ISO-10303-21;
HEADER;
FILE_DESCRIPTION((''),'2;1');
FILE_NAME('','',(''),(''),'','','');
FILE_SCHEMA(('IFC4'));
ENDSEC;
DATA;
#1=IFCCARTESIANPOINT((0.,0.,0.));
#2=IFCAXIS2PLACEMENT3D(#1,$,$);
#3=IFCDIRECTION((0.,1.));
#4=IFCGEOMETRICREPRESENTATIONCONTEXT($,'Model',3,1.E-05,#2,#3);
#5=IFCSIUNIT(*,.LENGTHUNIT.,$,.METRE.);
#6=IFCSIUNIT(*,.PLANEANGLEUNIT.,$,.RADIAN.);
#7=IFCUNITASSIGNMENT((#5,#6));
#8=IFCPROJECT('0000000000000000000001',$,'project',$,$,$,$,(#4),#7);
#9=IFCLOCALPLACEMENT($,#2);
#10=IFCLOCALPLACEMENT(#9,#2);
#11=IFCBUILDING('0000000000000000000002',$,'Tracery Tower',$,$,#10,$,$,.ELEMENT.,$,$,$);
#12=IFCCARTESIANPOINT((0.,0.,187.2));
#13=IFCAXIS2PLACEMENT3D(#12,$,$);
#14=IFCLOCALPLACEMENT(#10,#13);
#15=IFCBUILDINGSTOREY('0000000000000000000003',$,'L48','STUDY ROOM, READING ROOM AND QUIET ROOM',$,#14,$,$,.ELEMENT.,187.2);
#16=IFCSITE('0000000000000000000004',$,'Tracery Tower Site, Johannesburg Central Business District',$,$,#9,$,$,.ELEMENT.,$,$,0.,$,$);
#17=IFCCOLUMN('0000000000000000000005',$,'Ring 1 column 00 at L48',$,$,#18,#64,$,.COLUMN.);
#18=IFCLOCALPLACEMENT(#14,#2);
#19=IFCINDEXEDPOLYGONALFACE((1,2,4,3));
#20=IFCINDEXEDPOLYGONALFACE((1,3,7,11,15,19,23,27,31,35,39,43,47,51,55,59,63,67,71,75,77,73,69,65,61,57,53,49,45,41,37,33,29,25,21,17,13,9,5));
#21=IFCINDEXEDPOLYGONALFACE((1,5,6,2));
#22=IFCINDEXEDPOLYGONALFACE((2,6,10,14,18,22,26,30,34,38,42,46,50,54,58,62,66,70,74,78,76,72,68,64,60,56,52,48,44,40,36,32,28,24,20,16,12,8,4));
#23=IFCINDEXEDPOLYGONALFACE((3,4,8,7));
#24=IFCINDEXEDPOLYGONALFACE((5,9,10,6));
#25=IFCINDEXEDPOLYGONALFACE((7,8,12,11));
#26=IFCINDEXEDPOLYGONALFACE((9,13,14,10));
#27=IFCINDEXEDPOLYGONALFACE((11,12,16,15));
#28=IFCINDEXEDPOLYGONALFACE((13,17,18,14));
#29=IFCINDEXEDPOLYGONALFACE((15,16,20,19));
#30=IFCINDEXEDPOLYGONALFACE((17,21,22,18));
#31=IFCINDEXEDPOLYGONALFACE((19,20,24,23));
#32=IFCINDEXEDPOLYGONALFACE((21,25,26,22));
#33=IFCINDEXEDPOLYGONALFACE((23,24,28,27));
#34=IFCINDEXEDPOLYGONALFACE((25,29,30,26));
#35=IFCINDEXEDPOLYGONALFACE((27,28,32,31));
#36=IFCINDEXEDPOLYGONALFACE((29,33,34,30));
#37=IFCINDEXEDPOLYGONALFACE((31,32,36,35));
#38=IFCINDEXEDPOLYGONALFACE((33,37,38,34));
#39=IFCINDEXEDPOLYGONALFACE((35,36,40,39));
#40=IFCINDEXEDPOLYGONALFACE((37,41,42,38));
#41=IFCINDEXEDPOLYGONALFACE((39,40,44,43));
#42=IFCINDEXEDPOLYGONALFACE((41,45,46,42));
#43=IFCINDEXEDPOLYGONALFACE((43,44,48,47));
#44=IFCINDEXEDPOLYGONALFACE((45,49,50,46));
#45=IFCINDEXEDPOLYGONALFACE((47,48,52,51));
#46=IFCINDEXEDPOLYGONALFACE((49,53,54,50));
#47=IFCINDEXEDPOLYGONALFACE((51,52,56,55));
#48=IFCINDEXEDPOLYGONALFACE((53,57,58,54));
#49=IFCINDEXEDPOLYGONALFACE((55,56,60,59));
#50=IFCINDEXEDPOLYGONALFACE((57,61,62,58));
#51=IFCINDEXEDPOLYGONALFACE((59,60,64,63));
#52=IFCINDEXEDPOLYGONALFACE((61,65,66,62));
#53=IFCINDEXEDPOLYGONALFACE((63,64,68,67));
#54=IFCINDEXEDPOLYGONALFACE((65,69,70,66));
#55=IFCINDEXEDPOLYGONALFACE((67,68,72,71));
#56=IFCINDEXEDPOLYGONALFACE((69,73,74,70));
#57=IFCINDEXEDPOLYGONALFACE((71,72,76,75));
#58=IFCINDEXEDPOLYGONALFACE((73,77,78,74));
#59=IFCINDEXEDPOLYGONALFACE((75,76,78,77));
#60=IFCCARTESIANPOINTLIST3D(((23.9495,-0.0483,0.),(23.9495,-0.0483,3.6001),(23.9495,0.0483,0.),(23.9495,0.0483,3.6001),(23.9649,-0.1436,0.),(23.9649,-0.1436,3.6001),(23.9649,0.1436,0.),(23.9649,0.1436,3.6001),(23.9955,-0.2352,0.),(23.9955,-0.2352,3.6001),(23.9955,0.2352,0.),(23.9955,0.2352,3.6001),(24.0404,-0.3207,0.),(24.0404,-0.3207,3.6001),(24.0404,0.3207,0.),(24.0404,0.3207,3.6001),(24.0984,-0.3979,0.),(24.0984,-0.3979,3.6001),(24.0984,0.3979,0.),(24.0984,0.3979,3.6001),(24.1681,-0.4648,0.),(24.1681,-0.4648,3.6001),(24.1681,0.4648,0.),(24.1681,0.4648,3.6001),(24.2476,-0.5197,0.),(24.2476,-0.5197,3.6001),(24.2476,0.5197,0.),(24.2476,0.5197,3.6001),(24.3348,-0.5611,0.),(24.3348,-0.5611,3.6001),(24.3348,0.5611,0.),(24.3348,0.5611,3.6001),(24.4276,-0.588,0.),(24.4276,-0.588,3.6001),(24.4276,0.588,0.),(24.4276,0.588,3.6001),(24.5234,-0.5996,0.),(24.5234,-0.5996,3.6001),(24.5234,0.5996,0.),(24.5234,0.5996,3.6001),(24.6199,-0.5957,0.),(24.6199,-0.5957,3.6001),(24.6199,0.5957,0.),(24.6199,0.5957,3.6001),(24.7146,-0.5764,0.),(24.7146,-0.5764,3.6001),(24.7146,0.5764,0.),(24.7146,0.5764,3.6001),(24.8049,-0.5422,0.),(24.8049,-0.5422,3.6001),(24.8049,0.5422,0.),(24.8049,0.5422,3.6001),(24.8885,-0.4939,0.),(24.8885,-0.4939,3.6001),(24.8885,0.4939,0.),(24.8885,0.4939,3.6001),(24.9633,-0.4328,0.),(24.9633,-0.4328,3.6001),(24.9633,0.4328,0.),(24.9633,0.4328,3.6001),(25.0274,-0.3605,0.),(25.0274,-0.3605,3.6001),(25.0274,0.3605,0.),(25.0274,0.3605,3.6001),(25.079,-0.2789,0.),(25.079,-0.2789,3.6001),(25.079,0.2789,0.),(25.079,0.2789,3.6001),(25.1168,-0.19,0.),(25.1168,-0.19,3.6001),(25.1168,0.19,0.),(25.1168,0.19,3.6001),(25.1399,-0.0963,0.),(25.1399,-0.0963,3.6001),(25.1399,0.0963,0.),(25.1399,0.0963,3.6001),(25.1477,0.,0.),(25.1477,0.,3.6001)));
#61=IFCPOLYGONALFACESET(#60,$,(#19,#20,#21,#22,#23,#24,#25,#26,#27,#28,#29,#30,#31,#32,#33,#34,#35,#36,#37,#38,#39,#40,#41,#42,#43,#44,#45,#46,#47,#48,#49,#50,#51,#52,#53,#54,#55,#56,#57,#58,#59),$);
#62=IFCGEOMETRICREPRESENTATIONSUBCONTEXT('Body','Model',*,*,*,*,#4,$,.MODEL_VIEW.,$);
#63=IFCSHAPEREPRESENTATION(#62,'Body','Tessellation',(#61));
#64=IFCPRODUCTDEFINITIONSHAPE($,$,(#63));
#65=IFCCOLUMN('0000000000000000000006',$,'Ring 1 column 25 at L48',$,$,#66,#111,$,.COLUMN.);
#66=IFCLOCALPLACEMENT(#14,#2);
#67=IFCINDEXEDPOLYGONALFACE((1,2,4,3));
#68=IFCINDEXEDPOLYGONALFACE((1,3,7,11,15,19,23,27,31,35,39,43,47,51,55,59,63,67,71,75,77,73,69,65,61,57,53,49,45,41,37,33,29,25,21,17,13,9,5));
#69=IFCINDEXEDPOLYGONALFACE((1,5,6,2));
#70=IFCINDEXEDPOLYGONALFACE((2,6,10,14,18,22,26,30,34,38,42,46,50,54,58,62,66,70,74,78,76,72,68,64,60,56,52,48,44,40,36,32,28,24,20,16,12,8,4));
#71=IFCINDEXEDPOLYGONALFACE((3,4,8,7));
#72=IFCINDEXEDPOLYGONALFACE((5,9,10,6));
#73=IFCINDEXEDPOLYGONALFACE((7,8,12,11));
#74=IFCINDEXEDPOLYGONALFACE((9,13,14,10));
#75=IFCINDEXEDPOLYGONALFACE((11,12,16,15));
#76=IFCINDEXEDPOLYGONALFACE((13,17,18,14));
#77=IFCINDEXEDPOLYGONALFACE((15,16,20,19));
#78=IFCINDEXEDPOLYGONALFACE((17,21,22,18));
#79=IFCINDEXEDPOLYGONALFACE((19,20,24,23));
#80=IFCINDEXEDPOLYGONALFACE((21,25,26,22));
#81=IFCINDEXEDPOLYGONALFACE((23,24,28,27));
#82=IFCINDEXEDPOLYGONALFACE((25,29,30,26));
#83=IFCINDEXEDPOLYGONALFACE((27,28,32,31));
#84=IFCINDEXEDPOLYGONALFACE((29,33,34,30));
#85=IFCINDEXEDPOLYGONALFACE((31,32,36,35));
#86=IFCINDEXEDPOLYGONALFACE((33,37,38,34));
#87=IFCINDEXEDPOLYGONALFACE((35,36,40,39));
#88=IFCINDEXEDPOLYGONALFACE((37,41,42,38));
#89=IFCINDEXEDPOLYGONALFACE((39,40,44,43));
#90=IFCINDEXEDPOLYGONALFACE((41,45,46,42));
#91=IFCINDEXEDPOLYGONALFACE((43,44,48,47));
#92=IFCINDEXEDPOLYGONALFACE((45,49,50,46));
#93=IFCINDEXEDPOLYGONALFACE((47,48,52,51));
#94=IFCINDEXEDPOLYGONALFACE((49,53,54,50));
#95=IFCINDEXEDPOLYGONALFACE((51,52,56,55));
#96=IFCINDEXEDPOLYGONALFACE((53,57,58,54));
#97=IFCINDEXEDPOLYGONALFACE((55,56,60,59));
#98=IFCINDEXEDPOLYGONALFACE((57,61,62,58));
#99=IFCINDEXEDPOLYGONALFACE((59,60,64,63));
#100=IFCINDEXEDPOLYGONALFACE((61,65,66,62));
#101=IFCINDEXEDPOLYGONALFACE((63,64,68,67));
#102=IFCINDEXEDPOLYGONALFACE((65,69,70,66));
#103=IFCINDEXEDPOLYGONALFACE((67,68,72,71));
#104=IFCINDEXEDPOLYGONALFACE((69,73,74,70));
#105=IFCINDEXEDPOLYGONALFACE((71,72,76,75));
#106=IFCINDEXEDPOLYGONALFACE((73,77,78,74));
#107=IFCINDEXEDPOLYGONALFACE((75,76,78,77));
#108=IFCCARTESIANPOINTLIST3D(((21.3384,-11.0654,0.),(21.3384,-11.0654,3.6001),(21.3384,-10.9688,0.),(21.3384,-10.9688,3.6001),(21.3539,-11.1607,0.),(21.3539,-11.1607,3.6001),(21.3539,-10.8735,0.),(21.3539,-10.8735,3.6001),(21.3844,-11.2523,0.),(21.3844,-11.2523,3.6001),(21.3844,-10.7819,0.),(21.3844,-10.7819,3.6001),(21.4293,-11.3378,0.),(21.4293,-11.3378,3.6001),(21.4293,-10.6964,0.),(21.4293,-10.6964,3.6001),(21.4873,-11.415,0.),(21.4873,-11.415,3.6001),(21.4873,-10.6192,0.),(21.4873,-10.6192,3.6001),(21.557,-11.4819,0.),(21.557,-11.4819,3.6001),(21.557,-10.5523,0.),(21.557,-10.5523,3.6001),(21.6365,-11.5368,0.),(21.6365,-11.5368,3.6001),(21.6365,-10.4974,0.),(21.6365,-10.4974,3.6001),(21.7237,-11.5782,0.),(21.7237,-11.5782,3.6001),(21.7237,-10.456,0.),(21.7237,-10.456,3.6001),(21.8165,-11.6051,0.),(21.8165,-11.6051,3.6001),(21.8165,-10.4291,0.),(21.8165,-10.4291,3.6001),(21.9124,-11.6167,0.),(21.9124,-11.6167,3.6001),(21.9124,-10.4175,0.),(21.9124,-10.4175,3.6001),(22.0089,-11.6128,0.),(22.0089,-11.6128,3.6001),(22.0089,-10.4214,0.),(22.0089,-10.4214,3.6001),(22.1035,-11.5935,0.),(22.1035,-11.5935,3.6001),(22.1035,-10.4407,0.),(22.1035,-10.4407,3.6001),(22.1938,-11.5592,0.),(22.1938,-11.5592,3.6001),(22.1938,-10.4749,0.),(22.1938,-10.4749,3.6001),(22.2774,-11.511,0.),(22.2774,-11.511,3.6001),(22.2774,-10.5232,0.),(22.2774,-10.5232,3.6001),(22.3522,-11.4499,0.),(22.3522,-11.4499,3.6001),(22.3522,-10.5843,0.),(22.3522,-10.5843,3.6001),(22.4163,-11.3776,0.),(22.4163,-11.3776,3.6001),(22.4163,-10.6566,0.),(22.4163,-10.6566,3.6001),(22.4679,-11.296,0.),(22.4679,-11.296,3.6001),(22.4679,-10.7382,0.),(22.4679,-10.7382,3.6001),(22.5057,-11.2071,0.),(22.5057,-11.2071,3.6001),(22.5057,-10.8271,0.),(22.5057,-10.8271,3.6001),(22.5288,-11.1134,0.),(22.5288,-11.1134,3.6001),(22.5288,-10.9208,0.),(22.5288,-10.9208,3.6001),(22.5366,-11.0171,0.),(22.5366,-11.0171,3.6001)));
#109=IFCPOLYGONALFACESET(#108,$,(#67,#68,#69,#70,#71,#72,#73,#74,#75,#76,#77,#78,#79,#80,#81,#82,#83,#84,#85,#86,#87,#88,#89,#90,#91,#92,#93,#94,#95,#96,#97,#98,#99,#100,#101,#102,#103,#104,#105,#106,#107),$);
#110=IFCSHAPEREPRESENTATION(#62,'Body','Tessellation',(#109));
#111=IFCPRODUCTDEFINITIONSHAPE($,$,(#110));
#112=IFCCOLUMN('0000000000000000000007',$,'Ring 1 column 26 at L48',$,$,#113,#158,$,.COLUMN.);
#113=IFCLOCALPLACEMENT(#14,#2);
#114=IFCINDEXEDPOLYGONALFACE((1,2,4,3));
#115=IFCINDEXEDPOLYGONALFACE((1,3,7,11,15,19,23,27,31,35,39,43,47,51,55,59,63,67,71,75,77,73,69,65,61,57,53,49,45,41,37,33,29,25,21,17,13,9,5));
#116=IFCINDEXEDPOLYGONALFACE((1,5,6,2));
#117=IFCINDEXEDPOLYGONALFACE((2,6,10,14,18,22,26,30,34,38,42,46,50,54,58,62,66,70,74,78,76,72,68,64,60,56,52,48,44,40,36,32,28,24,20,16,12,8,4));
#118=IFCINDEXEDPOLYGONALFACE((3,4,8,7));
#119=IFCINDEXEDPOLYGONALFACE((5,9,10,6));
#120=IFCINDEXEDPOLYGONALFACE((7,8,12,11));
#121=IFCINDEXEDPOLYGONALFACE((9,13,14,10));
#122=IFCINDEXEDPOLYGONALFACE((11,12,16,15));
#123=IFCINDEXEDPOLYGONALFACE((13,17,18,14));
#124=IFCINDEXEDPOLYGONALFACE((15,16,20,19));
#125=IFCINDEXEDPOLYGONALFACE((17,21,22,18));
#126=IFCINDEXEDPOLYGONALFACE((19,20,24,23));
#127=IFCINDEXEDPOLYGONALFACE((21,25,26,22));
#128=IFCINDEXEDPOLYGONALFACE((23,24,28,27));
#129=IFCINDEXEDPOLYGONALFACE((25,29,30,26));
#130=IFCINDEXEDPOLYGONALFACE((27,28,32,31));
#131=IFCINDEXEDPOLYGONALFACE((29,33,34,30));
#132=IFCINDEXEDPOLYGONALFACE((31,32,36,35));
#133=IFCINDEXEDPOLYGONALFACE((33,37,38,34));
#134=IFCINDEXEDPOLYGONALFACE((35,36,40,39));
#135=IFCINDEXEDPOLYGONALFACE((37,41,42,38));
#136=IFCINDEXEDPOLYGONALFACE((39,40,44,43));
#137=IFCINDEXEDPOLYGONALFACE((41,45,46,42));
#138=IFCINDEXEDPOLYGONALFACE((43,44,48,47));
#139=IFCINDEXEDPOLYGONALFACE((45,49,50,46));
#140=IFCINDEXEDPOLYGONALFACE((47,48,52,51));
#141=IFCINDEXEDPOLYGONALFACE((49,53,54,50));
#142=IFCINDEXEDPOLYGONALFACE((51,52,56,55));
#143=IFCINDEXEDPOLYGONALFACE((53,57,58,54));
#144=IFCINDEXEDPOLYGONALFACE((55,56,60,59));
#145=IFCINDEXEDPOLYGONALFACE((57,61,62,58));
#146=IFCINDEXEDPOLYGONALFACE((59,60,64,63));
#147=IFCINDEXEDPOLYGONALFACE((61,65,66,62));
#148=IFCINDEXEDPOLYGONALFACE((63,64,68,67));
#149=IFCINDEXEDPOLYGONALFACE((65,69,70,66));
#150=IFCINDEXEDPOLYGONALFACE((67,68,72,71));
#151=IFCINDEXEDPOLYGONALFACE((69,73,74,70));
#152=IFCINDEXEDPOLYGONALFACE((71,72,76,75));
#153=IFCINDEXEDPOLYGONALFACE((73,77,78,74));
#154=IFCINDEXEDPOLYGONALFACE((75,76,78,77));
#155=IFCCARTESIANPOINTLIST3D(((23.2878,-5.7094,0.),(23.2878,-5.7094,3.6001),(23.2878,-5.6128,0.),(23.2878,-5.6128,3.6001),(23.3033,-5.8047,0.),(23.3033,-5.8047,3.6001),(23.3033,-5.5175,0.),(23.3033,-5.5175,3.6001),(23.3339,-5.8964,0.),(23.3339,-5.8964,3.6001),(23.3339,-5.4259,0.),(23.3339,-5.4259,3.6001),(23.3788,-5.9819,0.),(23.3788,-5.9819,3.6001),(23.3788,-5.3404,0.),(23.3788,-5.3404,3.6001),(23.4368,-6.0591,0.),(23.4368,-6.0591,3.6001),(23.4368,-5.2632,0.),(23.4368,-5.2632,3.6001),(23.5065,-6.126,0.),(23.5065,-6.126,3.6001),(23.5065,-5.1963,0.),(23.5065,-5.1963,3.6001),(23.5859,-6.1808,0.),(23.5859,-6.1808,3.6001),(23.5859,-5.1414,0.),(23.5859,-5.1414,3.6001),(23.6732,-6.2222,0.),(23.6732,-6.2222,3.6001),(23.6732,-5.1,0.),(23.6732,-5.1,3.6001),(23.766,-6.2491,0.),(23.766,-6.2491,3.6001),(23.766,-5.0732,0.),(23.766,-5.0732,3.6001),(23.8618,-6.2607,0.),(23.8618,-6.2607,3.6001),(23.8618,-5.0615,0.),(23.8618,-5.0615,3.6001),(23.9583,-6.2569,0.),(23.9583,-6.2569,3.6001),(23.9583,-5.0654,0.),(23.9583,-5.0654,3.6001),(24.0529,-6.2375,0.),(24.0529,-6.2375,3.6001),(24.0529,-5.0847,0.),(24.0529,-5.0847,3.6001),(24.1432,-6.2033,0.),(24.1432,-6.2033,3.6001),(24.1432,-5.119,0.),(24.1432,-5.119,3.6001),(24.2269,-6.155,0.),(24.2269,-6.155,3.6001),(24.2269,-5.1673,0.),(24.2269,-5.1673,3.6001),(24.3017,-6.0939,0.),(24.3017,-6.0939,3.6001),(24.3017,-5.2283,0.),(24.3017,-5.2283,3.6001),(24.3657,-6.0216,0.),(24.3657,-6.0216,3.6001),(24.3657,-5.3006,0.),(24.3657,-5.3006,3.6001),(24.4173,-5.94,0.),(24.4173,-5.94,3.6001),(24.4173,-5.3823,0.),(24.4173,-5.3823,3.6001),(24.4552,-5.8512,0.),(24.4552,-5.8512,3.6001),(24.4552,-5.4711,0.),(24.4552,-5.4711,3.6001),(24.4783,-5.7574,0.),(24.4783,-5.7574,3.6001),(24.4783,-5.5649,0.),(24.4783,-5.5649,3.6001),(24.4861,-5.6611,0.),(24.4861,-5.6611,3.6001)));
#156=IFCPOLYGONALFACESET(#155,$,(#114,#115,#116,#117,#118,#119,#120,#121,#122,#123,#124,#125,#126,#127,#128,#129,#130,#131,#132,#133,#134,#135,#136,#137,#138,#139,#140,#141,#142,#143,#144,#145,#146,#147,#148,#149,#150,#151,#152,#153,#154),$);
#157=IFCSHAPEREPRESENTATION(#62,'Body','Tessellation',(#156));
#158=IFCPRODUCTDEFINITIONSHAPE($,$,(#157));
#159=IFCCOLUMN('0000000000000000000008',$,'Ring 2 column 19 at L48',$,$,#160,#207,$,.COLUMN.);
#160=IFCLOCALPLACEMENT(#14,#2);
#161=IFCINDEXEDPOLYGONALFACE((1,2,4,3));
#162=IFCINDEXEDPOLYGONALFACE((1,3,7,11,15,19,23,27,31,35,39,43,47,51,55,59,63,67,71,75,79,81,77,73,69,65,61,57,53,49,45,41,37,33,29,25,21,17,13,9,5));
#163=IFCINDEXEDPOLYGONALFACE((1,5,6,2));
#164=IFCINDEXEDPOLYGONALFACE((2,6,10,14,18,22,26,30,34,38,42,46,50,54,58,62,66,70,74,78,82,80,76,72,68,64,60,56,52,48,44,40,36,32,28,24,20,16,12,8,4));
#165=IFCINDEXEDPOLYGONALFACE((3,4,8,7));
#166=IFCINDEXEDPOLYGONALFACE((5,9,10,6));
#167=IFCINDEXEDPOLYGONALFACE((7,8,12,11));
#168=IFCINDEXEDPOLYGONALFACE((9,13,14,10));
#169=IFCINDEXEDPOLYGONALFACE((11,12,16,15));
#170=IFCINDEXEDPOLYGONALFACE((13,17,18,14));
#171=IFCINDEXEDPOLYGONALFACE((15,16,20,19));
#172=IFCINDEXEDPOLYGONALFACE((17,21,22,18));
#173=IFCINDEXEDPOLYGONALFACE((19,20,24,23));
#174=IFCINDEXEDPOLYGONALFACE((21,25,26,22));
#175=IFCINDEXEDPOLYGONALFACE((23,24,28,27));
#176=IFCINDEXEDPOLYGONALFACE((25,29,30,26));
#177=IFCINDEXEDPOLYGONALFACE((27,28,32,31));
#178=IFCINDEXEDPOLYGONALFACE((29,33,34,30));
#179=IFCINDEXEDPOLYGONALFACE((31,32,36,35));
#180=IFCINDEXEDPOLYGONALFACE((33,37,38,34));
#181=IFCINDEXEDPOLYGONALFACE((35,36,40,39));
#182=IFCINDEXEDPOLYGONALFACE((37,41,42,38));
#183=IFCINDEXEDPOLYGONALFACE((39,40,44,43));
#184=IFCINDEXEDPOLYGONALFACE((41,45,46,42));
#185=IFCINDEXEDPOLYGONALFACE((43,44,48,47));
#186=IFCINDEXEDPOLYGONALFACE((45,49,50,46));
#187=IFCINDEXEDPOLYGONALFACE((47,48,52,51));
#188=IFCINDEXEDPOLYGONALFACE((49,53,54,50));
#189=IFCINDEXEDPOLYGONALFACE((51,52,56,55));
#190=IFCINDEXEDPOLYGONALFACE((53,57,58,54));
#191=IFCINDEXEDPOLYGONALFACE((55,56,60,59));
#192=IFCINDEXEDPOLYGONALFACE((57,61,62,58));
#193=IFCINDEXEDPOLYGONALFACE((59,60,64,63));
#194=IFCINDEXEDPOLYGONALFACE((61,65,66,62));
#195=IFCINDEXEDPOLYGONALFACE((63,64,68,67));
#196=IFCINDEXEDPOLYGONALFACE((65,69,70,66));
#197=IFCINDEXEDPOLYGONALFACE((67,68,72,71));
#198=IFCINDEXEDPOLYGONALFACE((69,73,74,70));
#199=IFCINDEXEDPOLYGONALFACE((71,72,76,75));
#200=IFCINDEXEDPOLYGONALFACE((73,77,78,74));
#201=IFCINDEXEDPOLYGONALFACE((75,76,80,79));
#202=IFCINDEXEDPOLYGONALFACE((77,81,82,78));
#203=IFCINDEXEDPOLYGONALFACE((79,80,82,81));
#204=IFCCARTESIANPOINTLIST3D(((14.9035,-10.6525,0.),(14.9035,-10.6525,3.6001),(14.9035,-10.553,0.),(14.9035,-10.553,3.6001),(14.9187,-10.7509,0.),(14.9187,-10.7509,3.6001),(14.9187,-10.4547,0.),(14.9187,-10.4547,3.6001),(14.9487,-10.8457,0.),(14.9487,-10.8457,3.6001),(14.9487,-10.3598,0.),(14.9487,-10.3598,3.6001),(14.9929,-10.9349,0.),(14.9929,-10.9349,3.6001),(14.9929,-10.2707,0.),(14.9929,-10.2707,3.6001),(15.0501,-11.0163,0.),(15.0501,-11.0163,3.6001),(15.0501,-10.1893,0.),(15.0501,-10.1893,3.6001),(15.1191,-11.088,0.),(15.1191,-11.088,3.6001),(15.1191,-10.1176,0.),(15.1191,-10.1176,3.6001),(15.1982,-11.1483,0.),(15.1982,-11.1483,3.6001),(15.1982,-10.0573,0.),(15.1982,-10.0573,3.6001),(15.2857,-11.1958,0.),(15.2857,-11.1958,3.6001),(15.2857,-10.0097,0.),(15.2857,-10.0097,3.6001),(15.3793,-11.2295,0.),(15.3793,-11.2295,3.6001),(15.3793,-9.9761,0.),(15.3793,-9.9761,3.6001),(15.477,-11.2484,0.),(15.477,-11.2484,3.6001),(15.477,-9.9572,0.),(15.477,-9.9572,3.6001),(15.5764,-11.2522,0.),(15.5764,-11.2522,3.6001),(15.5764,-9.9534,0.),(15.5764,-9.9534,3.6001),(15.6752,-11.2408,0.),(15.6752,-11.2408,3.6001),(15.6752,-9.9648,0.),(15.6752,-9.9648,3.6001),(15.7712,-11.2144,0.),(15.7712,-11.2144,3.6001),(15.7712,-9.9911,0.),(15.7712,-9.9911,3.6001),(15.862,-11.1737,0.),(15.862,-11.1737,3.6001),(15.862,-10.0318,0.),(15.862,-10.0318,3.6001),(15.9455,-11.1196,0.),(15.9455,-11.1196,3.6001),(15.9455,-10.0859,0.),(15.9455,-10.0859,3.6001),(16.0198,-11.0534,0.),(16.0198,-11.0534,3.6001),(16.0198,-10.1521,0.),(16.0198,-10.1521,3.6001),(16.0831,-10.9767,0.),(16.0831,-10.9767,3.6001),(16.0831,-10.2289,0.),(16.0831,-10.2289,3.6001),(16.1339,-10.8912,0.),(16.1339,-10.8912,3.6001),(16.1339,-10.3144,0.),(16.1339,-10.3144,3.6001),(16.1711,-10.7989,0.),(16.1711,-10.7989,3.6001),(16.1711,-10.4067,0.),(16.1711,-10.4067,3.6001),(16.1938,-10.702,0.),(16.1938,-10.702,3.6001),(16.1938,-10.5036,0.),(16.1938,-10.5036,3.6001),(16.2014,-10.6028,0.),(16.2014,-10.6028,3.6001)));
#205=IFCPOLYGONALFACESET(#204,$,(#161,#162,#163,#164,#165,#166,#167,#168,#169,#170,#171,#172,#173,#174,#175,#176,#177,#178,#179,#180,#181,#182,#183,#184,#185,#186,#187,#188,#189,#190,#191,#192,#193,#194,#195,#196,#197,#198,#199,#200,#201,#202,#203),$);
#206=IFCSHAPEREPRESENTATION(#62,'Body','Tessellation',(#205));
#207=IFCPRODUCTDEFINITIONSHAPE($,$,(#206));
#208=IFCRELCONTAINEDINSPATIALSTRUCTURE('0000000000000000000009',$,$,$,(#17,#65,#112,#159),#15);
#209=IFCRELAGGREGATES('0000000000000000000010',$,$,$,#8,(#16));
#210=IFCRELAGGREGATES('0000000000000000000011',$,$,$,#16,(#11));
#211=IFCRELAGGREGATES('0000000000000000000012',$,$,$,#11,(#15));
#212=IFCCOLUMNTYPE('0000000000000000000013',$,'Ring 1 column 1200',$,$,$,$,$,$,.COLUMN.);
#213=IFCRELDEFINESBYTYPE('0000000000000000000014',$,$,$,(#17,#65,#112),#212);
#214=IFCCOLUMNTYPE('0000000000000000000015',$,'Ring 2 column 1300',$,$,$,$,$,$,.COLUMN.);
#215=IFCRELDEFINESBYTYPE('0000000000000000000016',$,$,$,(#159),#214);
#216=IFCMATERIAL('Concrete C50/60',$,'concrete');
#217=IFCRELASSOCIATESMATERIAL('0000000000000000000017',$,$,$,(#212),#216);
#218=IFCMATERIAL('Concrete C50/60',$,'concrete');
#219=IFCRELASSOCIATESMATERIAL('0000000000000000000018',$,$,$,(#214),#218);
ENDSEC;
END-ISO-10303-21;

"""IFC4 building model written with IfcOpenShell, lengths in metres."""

from ifc_helpers import new_model, si_unit, direction, frame, origin, origin_2d, place, context, subcontext, project, spatial, circle, extrude, material, material_profile, profile_set, type_object, element, save


model = new_model("IFC4")

# Units and contexts
model_context = context("Model", 3, precision=1e-05, world=origin(), true_north=direction((0.0, 1.0)))
body_context = subcontext(model_context, "Body", "Model", "MODEL_VIEW")
ifc_project = project(units=[si_unit("LENGTHUNIT", "METRE"), si_unit("PLANEANGLEUNIT", "RADIAN")], contexts=[model_context])

# Site, building, storey
site_placement = place(None, origin())
site = spatial("IfcSite", under=ifc_project, at=site_placement, Name="Tracery Tower Site, Johannesburg Central Business District", CompositionType="ELEMENT", RefElevation=0.0)
building_placement = place(site_placement, origin())
building = spatial("IfcBuilding", under=site, at=building_placement, Name="Tracery Tower", CompositionType="ELEMENT")
storey_placement = place(building_placement, frame((0.0, 0.0, 187.2)))
storey = spatial("IfcBuildingStorey", under=building, at=storey_placement, Name="L48", Description="STUDY ROOM, READING ROOM AND QUIET ROOM", CompositionType="ELEMENT", Elevation=187.2)

# Columns
ifc_material_1 = material(Name="Concrete C50/60", Category="concrete")
ifc_material_profile_1 = material_profile(ifc_material_1, circle(Radius=0.6001, at=origin_2d()), Name="RC D1200")
ifc_profile_set_1 = profile_set([ifc_material_profile_1], Name="Concrete C50/60")
column_type_1 = type_object("IfcColumnType", Name="Ring 1 column 1200", PredefinedType="COLUMN", material=ifc_profile_set_1)
for number, where, z_axis, x_axis, name in (
    (1, (24.5476, 0.0, 0.0), (0.0, 0.0, 1.0), (1.0, 0.0, 0.0), "Ring 1 column 00 at L48"),
    (2, (21.9365, -11.0171, 0.0), (0.0, 0.0, 1.0), (1.0, 0.0, 0.0), "Ring 1 column 25 at L48"),
    (3, (23.886, -5.6611, 0.0), (0.0, 0.0, 1.0), (1.0, 0.0, 0.0), "Ring 1 column 26 at L48"),
):
    element("IfcColumn", number, at=place(storey_placement, frame(where, z_axis=z_axis, x_axis=x_axis)), inside=storey, type_object=column_type_1, Name=name, PredefinedType="COLUMN", context=body_context, shape_type="SweptSolid", body=[
        extrude(circle(Radius=0.6001, at=origin_2d()), origin(), (0.0, 0.0, 1.0), 3.6001),
    ])
ifc_material_2 = material(Name="Concrete C50/60", Category="concrete")
ifc_material_profile_2 = material_profile(ifc_material_2, circle(Radius=0.6499, at=origin_2d()), Name="RC D1300")
ifc_profile_set_2 = profile_set([ifc_material_profile_2], Name="Concrete C50/60")
column_type_2 = type_object("IfcColumnType", Name="Ring 2 column 1300", PredefinedType="COLUMN", material=ifc_profile_set_2)
for number, where, z_axis, x_axis, name in (
    (4, (15.5515, -10.6028, 0.0), (0.0, 0.0, 1.0), (1.0, 0.0, 0.0), "Ring 2 column 19 at L48"),
):
    element("IfcColumn", number, at=place(storey_placement, frame(where, z_axis=z_axis, x_axis=x_axis)), inside=storey, type_object=column_type_2, Name=name, PredefinedType="COLUMN", context=body_context, shape_type="SweptSolid", body=[
        extrude(circle(Radius=0.6499, at=origin_2d()), origin(), (0.0, 0.0, 1.0), 3.6001),
    ])

save(model, "model.ifc")
